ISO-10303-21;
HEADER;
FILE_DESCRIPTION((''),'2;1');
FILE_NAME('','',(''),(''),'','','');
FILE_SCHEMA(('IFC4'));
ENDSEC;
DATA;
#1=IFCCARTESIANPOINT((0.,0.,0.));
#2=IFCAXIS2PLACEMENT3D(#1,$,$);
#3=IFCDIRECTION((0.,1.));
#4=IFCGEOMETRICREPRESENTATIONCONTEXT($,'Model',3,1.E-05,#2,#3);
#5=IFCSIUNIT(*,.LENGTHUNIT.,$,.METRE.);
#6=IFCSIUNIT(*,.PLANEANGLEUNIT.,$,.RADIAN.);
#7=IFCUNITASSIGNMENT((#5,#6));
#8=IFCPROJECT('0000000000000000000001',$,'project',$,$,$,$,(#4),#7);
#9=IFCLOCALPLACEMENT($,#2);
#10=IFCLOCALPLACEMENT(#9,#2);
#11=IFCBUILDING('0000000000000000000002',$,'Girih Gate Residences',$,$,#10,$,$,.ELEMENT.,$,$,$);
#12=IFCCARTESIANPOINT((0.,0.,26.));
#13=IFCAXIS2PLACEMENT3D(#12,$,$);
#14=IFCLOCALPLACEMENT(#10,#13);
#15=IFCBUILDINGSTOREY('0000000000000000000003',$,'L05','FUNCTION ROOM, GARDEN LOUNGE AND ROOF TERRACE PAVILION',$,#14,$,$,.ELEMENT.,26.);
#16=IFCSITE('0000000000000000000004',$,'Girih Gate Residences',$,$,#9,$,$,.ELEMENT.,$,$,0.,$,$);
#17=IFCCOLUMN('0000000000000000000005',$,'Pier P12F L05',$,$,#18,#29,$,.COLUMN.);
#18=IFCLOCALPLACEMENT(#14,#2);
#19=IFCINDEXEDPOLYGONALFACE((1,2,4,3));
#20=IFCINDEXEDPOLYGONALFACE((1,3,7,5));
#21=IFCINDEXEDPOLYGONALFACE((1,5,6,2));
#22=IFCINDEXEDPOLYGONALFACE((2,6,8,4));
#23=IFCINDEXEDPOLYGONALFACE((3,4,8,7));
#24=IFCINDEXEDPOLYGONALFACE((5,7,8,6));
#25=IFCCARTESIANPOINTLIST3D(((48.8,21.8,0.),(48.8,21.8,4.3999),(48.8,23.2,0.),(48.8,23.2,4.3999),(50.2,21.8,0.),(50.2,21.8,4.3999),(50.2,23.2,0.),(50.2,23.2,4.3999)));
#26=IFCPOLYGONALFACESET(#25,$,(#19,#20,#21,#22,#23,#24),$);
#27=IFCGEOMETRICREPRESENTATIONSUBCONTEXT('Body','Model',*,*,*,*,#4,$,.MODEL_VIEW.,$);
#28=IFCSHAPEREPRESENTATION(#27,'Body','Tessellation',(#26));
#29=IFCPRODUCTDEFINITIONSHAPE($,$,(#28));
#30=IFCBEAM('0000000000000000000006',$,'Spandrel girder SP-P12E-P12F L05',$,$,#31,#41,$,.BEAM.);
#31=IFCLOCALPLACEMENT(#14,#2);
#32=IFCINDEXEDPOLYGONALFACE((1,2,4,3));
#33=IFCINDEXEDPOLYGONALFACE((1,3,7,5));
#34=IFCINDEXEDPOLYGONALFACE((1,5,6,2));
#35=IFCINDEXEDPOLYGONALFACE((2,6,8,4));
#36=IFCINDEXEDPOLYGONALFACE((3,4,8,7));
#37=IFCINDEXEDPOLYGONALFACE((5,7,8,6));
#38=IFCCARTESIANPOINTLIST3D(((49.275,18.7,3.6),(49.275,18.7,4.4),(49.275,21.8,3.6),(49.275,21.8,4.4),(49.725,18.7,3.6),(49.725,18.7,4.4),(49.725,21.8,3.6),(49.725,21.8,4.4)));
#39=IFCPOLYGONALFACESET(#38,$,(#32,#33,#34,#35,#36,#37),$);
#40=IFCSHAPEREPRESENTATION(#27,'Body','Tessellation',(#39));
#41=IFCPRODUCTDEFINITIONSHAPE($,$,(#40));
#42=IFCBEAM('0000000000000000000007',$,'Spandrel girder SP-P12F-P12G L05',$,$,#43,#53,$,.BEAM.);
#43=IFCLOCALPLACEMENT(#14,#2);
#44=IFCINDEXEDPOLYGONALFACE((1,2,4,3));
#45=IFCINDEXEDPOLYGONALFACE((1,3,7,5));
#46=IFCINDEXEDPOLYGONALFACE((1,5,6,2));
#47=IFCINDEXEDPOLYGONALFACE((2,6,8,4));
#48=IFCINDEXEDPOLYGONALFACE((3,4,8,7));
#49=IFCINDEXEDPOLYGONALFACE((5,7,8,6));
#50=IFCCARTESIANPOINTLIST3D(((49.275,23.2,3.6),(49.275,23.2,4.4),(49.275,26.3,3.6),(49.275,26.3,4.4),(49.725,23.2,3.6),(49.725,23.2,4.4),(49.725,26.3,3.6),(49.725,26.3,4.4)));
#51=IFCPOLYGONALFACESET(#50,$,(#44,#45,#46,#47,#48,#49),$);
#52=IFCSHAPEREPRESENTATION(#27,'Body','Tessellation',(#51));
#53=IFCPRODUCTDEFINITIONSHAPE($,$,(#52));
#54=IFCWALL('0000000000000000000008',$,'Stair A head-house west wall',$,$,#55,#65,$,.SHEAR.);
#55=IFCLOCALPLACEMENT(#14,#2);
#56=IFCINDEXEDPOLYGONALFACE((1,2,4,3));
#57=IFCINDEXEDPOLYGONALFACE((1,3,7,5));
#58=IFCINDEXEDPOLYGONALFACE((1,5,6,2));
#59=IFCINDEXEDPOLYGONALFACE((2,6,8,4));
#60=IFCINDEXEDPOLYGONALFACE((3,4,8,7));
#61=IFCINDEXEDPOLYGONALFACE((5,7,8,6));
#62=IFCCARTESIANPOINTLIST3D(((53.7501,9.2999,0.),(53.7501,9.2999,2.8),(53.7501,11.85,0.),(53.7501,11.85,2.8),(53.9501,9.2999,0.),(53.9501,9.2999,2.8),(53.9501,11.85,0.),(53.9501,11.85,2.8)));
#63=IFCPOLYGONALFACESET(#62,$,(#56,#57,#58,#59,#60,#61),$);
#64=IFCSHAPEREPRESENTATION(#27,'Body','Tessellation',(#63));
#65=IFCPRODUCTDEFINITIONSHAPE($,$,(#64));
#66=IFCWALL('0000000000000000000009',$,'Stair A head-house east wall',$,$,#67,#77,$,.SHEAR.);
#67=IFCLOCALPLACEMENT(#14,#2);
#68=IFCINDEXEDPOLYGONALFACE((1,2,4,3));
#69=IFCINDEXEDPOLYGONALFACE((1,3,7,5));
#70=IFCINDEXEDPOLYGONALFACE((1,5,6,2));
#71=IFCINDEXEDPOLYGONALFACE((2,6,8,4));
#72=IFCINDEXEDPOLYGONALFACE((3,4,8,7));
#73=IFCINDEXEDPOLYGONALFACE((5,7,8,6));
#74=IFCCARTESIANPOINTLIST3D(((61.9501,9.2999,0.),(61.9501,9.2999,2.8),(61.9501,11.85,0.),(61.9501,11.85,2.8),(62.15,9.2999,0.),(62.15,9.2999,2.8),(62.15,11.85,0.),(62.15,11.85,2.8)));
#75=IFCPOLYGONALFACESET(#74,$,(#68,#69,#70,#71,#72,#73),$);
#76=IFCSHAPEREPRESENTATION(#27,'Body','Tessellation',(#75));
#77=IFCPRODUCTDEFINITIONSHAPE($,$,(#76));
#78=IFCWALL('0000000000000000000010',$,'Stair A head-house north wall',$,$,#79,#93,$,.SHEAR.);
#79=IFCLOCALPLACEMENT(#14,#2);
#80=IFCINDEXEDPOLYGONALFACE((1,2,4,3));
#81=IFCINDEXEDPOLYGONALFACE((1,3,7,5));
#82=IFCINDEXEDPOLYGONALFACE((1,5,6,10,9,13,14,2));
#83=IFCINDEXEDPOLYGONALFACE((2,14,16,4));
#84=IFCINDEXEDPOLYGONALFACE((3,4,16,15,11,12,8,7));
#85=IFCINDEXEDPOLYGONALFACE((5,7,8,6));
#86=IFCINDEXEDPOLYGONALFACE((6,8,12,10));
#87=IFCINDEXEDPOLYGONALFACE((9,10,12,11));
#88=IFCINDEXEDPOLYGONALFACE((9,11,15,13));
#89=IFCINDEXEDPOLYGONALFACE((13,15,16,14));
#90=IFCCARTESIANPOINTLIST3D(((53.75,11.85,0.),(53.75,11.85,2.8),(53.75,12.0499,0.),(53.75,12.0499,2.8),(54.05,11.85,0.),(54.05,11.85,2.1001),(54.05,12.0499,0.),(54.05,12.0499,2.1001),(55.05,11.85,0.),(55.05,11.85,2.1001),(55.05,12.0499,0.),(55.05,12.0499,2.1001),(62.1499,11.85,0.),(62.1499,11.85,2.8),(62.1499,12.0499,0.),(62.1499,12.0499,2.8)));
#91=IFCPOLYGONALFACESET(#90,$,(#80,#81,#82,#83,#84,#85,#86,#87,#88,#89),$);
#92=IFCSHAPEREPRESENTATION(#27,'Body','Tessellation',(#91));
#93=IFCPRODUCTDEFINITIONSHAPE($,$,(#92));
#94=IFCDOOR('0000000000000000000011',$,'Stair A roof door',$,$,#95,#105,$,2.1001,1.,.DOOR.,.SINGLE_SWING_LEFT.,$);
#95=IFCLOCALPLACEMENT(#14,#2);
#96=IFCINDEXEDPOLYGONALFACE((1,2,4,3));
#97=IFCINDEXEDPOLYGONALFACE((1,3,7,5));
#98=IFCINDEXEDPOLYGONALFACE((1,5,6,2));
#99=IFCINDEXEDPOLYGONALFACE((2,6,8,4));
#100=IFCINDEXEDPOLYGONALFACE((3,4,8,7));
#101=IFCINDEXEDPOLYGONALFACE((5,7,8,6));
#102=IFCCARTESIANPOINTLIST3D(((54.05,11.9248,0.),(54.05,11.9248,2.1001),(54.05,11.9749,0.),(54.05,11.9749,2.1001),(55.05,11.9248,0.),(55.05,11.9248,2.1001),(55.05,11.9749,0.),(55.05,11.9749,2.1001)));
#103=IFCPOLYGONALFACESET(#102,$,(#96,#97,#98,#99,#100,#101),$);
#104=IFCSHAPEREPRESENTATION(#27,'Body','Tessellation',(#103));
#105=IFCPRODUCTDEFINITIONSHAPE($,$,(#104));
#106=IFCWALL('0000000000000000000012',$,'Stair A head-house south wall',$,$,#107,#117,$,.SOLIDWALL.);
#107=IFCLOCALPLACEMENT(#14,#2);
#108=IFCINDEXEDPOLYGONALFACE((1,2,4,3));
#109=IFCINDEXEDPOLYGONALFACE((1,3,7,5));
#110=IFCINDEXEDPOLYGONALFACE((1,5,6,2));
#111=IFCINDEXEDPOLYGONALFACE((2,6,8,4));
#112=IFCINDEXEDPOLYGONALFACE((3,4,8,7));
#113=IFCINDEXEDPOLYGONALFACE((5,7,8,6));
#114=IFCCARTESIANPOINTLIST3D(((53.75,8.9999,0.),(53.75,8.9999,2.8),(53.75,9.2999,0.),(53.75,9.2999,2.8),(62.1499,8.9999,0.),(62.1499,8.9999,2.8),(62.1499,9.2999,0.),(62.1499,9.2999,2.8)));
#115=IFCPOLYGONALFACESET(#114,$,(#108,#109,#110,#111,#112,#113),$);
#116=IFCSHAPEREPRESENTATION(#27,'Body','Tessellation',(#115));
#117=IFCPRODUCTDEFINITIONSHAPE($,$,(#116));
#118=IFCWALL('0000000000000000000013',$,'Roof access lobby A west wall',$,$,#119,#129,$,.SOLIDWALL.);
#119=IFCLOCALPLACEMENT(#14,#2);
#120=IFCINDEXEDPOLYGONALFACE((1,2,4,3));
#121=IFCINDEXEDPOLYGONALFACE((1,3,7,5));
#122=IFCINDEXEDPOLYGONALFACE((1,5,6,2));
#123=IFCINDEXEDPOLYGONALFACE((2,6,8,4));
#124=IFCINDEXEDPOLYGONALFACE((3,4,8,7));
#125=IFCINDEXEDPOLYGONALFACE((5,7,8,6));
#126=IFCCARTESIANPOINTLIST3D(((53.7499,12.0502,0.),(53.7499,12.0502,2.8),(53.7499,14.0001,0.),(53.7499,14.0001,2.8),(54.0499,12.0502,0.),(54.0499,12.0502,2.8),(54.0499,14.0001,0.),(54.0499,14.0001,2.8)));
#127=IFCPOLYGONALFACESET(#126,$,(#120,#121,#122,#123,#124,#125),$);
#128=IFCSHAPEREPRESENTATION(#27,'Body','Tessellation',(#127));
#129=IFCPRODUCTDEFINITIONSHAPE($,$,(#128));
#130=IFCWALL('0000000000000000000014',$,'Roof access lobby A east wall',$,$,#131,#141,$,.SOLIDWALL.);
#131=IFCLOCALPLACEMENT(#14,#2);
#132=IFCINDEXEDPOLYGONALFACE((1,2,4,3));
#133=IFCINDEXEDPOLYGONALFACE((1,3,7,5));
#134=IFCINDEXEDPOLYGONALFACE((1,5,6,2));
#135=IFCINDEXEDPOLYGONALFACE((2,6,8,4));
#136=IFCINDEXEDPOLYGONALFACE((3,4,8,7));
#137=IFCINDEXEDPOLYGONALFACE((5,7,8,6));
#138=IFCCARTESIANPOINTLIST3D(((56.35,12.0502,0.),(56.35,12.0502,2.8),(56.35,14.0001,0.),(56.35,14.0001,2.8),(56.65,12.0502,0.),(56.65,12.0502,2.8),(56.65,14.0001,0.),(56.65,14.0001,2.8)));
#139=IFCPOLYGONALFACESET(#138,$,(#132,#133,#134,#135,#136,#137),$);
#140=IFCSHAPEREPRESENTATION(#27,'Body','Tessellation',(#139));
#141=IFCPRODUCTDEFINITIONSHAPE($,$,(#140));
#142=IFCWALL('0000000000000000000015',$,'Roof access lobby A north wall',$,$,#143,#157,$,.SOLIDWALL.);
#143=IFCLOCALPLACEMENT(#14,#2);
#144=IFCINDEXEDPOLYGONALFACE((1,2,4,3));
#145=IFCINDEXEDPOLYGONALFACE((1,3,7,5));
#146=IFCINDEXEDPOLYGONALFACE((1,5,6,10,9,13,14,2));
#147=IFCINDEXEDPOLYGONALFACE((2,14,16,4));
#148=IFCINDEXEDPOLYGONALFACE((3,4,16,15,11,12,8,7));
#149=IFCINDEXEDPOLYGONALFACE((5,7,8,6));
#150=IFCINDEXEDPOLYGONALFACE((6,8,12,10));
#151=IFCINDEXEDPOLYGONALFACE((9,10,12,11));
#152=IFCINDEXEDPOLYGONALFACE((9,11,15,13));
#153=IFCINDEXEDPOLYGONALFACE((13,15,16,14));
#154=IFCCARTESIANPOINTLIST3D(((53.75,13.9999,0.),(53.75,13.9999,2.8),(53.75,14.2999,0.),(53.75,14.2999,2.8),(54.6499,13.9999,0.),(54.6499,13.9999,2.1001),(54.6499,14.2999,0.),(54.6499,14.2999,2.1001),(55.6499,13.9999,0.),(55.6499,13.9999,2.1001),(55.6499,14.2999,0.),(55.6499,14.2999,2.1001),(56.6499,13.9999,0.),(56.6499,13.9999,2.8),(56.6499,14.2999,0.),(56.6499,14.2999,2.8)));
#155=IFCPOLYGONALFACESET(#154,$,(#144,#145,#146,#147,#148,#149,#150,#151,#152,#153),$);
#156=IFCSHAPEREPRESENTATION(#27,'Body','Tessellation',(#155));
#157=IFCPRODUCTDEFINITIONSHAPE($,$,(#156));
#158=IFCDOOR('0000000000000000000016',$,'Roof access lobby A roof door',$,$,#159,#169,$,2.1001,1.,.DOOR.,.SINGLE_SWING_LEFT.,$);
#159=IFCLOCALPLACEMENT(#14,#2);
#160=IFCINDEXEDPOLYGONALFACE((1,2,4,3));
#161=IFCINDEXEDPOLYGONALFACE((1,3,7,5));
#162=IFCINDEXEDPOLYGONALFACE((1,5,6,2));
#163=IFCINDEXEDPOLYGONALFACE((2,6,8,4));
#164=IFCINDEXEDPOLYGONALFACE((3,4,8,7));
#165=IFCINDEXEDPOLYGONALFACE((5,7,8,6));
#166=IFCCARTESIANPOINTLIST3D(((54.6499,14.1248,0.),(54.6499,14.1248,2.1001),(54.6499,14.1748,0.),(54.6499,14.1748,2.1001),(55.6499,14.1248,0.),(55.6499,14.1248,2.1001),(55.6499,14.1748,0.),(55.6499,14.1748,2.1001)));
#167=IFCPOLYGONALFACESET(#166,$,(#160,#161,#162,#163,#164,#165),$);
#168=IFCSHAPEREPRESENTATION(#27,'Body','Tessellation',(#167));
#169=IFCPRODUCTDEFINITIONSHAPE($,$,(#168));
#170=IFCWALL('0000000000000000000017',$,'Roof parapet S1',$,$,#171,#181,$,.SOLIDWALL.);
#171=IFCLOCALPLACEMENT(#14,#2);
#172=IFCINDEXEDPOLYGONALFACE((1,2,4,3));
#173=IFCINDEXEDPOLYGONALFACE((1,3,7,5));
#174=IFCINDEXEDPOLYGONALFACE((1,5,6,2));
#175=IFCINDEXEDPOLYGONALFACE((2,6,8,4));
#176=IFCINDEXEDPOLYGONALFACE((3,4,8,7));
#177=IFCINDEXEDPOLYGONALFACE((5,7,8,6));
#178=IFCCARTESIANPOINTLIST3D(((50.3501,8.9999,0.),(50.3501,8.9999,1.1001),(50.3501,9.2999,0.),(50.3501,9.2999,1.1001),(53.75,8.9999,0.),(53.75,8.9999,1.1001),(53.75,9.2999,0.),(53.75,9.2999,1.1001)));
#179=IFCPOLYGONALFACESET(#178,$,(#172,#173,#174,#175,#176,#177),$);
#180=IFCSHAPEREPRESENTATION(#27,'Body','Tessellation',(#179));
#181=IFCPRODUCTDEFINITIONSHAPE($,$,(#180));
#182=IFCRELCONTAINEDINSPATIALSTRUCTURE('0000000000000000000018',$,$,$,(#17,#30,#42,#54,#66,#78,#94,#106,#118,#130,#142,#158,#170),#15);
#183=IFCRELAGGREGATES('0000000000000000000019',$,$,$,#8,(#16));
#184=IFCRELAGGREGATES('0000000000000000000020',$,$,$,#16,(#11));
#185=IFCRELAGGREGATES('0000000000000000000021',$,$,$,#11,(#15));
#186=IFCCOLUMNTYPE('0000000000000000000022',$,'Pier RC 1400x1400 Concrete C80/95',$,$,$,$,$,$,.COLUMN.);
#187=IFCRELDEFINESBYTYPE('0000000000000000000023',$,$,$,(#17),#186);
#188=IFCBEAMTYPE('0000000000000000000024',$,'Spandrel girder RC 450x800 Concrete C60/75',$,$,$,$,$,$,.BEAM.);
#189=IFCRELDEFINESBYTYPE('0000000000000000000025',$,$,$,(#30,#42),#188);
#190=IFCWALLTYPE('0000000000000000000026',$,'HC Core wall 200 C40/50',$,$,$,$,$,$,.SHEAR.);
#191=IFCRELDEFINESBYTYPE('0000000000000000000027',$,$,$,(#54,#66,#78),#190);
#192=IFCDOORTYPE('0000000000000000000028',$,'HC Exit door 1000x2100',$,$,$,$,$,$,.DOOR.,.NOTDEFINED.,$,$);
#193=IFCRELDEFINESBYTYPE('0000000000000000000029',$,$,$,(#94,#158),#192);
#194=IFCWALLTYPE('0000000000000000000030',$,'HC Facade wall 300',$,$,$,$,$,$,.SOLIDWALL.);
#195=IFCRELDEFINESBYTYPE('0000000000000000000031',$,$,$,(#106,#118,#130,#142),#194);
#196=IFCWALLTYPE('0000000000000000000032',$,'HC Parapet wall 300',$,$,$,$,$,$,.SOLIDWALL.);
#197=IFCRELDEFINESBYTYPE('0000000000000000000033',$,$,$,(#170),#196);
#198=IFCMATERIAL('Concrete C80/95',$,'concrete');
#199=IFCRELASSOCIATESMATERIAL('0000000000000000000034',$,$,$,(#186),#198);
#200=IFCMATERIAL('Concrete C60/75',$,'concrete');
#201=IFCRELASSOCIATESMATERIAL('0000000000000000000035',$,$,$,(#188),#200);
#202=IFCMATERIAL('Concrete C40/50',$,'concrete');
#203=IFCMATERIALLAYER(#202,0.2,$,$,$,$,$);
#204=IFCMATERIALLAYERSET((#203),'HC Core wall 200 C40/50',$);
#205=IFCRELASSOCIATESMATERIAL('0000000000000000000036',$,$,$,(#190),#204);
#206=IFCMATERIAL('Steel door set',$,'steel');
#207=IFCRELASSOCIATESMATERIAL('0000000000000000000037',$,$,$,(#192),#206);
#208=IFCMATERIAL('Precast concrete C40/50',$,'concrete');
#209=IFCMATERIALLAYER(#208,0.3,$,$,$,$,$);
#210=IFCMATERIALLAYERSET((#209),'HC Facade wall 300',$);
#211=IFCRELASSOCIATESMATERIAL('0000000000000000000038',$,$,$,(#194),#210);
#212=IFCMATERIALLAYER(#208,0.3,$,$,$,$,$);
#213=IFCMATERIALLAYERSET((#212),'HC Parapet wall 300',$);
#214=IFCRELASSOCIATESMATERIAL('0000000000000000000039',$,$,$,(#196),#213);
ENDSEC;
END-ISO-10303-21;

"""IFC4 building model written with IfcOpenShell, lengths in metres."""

from ifc_helpers import new_model, si_unit, direction, frame, frame_2d, origin, origin_2d, place, context, subcontext, project, spatial, rectangle, extrude, material, layer, layer_set, material_profile, profile_set, type_object, element, fill, save


model = new_model("IFC4")

# Units and contexts
model_context = context("Model", 3, precision=1e-05, world=origin(), true_north=direction((0.0, 1.0)))
body_context = subcontext(model_context, "Body", "Model", "MODEL_VIEW")
ifc_project = project(units=[si_unit("LENGTHUNIT", "METRE"), si_unit("PLANEANGLEUNIT", "RADIAN")], contexts=[model_context])

# Site, building, storey
site_placement = place(None, origin())
site = spatial("IfcSite", under=ifc_project, at=site_placement, Name="Girih Gate Residences", CompositionType="ELEMENT", RefElevation=0.0)
building_placement = place(site_placement, origin())
building = spatial("IfcBuilding", under=site, at=building_placement, Name="Girih Gate Residences", CompositionType="ELEMENT")
storey_placement = place(building_placement, frame((0.0, 0.0, 26.0)))
storey = spatial("IfcBuildingStorey", under=building, at=storey_placement, Name="L05", Description="FUNCTION ROOM, GARDEN LOUNGE AND ROOF TERRACE PAVILION", CompositionType="ELEMENT", Elevation=26.0)

# Column
ifc_material_1 = material(Name="Concrete C80/95", Category="concrete")
ifc_material_profile_1 = material_profile(ifc_material_1, rectangle(XDim=1.3999, YDim=1.3999, at=origin_2d()))
ifc_profile_set_1 = profile_set([ifc_material_profile_1], Name="Concrete C80/95")
column_type = type_object("IfcColumnType", Name="Pier RC 1400x1400 Concrete C80/95", PredefinedType="COLUMN", material=ifc_profile_set_1)
column_placement = place(storey_placement, frame((49.5, 22.5, 0.0), z_axis=(0.0, 0.0, 1.0), x_axis=(1.0, 0.0, 0.0)))
element("IfcColumn", 1, at=column_placement, inside=storey, type_object=column_type, Name="Pier P12F L05", PredefinedType="COLUMN", context=body_context, shape_type="SweptSolid", body=[
    extrude(rectangle(XDim=1.3999, YDim=1.3999, at=origin_2d()), origin(), (0.0, 0.0, 1.0), 4.3999),
])

# Beams
ifc_material_2 = material(Name="Concrete C60/75", Category="concrete")
ifc_material_profile_2 = material_profile(ifc_material_2, rectangle(XDim=0.45, YDim=0.8, at=origin_2d()))
ifc_profile_set_2 = profile_set([ifc_material_profile_2], Name="Concrete C60/75")
beam_type = type_object("IfcBeamType", Name="Spandrel girder RC 450x800 Concrete C60/75", PredefinedType="BEAM", material=ifc_profile_set_2)
for number, where, z_axis, x_axis, name in (
    (2, (49.5, 18.7, 4.0), (0.0, 1.0, 0.0), (-1.0, 0.0, 0.0), "Spandrel girder SP-P12E-P12F L05"),
    (3, (49.5, 23.2, 4.0), (0.0, 1.0, 0.0), (-1.0, 0.0, 0.0), "Spandrel girder SP-P12F-P12G L05"),
):
    element("IfcBeam", number, at=place(storey_placement, frame(where, z_axis=z_axis, x_axis=x_axis)), inside=storey, type_object=beam_type, Name=name, PredefinedType="BEAM", context=body_context, shape_type="SweptSolid", body=[
        extrude(rectangle(XDim=0.45, YDim=0.8, at=origin_2d()), origin(), (0.0, 0.0, 1.0), 3.1001),
    ])

# Walls
ifc_material_3 = material(Name="Concrete C40/50", Category="concrete")
ifc_layer_1 = layer(ifc_material_3, 0.2)
ifc_layer_set_1 = layer_set([ifc_layer_1], Name="HC Core wall 200 C40/50")
wall_type_1 = type_object("IfcWallType", Name="HC Core wall 200 C40/50", PredefinedType="SHEAR", material=ifc_layer_set_1)
for number, where, z_axis, x_axis, name in (
    (4, (53.8501, 9.3, 0.0), (0.0, 0.0, 1.0), (0.0, 1.0, 0.0), "Stair A head-house west wall"),
    (5, (62.05, 9.3, 0.0), (0.0, 0.0, 1.0), (0.0, 1.0, 0.0), "Stair A head-house east wall"),
):
    element("IfcWall", number, at=place(storey_placement, frame(where, z_axis=z_axis, x_axis=x_axis)), inside=storey, type_object=wall_type_1, Name=name, PredefinedType="SHEAR", context=body_context, shape_type="SweptSolid", body=[
        extrude(rectangle(XDim=2.55, YDim=0.2, at=frame_2d((1.2749, 0.0))), origin(), (0.0, 0.0, 1.0), 2.8),
    ])

# Wall, opening, door
wall_1_placement = place(storey_placement, frame((53.75, 11.95, 0.0), z_axis=(0.0, 0.0, 1.0), x_axis=(1.0, 0.0, 0.0)))
wall_1 = element("IfcWall", 6, at=wall_1_placement, inside=storey, type_object=wall_type_1, Name="Stair A head-house north wall", PredefinedType="SHEAR", context=body_context, shape_type="SweptSolid", body=[
    extrude(rectangle(XDim=8.3999, YDim=0.2, at=frame_2d((4.2, 0.0))), origin(), (0.0, 0.0, 1.0), 2.8),
])
opening_1_placement = place(wall_1_placement, frame((0.3, 0.0, 0.0)))
opening_1 = element("IfcOpeningElement", 7, at=opening_1_placement, cuts=wall_1, PredefinedType="OPENING", context=body_context, shape_type="SweptSolid", body=[
    extrude(rectangle(XDim=1.0, YDim=2.1001, at=frame_2d((0.5, 1.05))), frame((0.0, 0.1099, 0.0), z_axis=(0.0, -1.0, 0.0), x_axis=(1.0, 0.0, 0.0)), (0.0, 0.0, 1.0), 0.22),
])
ifc_material_4 = material(Name="Steel door set", Category="steel")
door_type = type_object("IfcDoorType", Name="HC Exit door 1000x2100", OperationType="NOTDEFINED", PredefinedType="DOOR", material=ifc_material_4)
door_1_placement = place(opening_1_placement, origin())
door_1 = element("IfcDoor", 8, at=door_1_placement, inside=storey, type_object=door_type, Name="Stair A roof door", OperationType="SINGLE_SWING_LEFT", OverallHeight=2.1001, OverallWidth=1.0, PredefinedType="DOOR", context=body_context, shape_type="SweptSolid", body=[
    extrude(rectangle(XDim=1.0, YDim=2.1001, at=frame_2d((0.5, 1.05))), frame((0.0, 0.0249, 0.0), z_axis=(0.0, -1.0, 0.0), x_axis=(1.0, 0.0, 0.0)), (0.0, 0.0, 1.0), 0.05),
])
fill(opening_1, door_1)

# Walls
ifc_material_5 = material(Name="Precast concrete C40/50", Category="concrete")
ifc_layer_2 = layer(ifc_material_5, 0.3)
ifc_layer_set_2 = layer_set([ifc_layer_2], Name="HC Facade wall 300")
wall_type_2 = type_object("IfcWallType", Name="HC Facade wall 300", PredefinedType="SOLIDWALL", material=ifc_layer_set_2)
wall_2_placement = place(storey_placement, frame((53.75, 9.1499, 0.0), z_axis=(0.0, 0.0, 1.0), x_axis=(1.0, 0.0, 0.0)))
element("IfcWall", 9, at=wall_2_placement, inside=storey, type_object=wall_type_2, Name="Stair A head-house south wall", PredefinedType="SOLIDWALL", context=body_context, shape_type="SweptSolid", body=[
    extrude(rectangle(XDim=8.3999, YDim=0.3, at=frame_2d((4.2, 0.0))), origin(), (0.0, 0.0, 1.0), 2.8),
])
for number, where, z_axis, x_axis, name in (
    (10, (53.8999, 12.05, 0.0), (0.0, 0.0, 1.0), (0.0, 1.0, 0.0), "Roof access lobby A west wall"),
    (11, (56.5, 12.05, 0.0), (0.0, 0.0, 1.0), (0.0, 1.0, 0.0), "Roof access lobby A east wall"),
):
    element("IfcWall", number, at=place(storey_placement, frame(where, z_axis=z_axis, x_axis=x_axis)), inside=storey, type_object=wall_type_2, Name=name, PredefinedType="SOLIDWALL", context=body_context, shape_type="SweptSolid", body=[
        extrude(rectangle(XDim=1.95, YDim=0.3, at=frame_2d((0.9751, 0.0))), origin(), (0.0, 0.0, 1.0), 2.8),
    ])

# Wall, opening, door
wall_3_placement = place(storey_placement, frame((53.75, 14.1499, 0.0), z_axis=(0.0, 0.0, 1.0), x_axis=(1.0, 0.0, 0.0)))
wall_3 = element("IfcWall", 12, at=wall_3_placement, inside=storey, type_object=wall_type_2, Name="Roof access lobby A north wall", PredefinedType="SOLIDWALL", context=body_context, shape_type="SweptSolid", body=[
    extrude(rectangle(XDim=2.8999, YDim=0.3, at=frame_2d((1.45, 0.0))), origin(), (0.0, 0.0, 1.0), 2.8),
])
opening_2_placement = place(wall_3_placement, frame((0.8999, 0.0, 0.0)))
opening_2 = element("IfcOpeningElement", 13, at=opening_2_placement, cuts=wall_3, PredefinedType="OPENING", context=body_context, shape_type="SweptSolid", body=[
    extrude(rectangle(XDim=1.0, YDim=2.1001, at=frame_2d((0.5, 1.05))), frame((0.0, 0.1599, 0.0), z_axis=(0.0, -1.0, 0.0), x_axis=(1.0, 0.0, 0.0)), (0.0, 0.0, 1.0), 0.3201),
])
door_2_placement = place(opening_2_placement, origin())
door_2 = element("IfcDoor", 14, at=door_2_placement, inside=storey, type_object=door_type, Name="Roof access lobby A roof door", OperationType="SINGLE_SWING_LEFT", OverallHeight=2.1001, OverallWidth=1.0, PredefinedType="DOOR", context=body_context, shape_type="SweptSolid", body=[
    extrude(rectangle(XDim=1.0, YDim=2.1001, at=frame_2d((0.5, 1.05))), frame((0.0, 0.0249, 0.0), z_axis=(0.0, -1.0, 0.0), x_axis=(1.0, 0.0, 0.0)), (0.0, 0.0, 1.0), 0.05),
])
fill(opening_2, door_2)

# Wall
ifc_layer_3 = layer(ifc_material_5, 0.3)
ifc_layer_set_3 = layer_set([ifc_layer_3], Name="HC Parapet wall 300")
wall_type_3 = type_object("IfcWallType", Name="HC Parapet wall 300", PredefinedType="SOLIDWALL", material=ifc_layer_set_3)
wall_4_placement = place(storey_placement, frame((50.3501, 9.1499, 0.0), z_axis=(0.0, 0.0, 1.0), x_axis=(1.0, 0.0, 0.0)))
element("IfcWall", 15, at=wall_4_placement, inside=storey, type_object=wall_type_3, Name="Roof parapet S1", PredefinedType="SOLIDWALL", context=body_context, shape_type="SweptSolid", body=[
    extrude(rectangle(XDim=3.3999, YDim=0.3, at=frame_2d((1.7, 0.0))), origin(), (0.0, 0.0, 1.0), 1.1001),
])

save(model, "model.ifc")
